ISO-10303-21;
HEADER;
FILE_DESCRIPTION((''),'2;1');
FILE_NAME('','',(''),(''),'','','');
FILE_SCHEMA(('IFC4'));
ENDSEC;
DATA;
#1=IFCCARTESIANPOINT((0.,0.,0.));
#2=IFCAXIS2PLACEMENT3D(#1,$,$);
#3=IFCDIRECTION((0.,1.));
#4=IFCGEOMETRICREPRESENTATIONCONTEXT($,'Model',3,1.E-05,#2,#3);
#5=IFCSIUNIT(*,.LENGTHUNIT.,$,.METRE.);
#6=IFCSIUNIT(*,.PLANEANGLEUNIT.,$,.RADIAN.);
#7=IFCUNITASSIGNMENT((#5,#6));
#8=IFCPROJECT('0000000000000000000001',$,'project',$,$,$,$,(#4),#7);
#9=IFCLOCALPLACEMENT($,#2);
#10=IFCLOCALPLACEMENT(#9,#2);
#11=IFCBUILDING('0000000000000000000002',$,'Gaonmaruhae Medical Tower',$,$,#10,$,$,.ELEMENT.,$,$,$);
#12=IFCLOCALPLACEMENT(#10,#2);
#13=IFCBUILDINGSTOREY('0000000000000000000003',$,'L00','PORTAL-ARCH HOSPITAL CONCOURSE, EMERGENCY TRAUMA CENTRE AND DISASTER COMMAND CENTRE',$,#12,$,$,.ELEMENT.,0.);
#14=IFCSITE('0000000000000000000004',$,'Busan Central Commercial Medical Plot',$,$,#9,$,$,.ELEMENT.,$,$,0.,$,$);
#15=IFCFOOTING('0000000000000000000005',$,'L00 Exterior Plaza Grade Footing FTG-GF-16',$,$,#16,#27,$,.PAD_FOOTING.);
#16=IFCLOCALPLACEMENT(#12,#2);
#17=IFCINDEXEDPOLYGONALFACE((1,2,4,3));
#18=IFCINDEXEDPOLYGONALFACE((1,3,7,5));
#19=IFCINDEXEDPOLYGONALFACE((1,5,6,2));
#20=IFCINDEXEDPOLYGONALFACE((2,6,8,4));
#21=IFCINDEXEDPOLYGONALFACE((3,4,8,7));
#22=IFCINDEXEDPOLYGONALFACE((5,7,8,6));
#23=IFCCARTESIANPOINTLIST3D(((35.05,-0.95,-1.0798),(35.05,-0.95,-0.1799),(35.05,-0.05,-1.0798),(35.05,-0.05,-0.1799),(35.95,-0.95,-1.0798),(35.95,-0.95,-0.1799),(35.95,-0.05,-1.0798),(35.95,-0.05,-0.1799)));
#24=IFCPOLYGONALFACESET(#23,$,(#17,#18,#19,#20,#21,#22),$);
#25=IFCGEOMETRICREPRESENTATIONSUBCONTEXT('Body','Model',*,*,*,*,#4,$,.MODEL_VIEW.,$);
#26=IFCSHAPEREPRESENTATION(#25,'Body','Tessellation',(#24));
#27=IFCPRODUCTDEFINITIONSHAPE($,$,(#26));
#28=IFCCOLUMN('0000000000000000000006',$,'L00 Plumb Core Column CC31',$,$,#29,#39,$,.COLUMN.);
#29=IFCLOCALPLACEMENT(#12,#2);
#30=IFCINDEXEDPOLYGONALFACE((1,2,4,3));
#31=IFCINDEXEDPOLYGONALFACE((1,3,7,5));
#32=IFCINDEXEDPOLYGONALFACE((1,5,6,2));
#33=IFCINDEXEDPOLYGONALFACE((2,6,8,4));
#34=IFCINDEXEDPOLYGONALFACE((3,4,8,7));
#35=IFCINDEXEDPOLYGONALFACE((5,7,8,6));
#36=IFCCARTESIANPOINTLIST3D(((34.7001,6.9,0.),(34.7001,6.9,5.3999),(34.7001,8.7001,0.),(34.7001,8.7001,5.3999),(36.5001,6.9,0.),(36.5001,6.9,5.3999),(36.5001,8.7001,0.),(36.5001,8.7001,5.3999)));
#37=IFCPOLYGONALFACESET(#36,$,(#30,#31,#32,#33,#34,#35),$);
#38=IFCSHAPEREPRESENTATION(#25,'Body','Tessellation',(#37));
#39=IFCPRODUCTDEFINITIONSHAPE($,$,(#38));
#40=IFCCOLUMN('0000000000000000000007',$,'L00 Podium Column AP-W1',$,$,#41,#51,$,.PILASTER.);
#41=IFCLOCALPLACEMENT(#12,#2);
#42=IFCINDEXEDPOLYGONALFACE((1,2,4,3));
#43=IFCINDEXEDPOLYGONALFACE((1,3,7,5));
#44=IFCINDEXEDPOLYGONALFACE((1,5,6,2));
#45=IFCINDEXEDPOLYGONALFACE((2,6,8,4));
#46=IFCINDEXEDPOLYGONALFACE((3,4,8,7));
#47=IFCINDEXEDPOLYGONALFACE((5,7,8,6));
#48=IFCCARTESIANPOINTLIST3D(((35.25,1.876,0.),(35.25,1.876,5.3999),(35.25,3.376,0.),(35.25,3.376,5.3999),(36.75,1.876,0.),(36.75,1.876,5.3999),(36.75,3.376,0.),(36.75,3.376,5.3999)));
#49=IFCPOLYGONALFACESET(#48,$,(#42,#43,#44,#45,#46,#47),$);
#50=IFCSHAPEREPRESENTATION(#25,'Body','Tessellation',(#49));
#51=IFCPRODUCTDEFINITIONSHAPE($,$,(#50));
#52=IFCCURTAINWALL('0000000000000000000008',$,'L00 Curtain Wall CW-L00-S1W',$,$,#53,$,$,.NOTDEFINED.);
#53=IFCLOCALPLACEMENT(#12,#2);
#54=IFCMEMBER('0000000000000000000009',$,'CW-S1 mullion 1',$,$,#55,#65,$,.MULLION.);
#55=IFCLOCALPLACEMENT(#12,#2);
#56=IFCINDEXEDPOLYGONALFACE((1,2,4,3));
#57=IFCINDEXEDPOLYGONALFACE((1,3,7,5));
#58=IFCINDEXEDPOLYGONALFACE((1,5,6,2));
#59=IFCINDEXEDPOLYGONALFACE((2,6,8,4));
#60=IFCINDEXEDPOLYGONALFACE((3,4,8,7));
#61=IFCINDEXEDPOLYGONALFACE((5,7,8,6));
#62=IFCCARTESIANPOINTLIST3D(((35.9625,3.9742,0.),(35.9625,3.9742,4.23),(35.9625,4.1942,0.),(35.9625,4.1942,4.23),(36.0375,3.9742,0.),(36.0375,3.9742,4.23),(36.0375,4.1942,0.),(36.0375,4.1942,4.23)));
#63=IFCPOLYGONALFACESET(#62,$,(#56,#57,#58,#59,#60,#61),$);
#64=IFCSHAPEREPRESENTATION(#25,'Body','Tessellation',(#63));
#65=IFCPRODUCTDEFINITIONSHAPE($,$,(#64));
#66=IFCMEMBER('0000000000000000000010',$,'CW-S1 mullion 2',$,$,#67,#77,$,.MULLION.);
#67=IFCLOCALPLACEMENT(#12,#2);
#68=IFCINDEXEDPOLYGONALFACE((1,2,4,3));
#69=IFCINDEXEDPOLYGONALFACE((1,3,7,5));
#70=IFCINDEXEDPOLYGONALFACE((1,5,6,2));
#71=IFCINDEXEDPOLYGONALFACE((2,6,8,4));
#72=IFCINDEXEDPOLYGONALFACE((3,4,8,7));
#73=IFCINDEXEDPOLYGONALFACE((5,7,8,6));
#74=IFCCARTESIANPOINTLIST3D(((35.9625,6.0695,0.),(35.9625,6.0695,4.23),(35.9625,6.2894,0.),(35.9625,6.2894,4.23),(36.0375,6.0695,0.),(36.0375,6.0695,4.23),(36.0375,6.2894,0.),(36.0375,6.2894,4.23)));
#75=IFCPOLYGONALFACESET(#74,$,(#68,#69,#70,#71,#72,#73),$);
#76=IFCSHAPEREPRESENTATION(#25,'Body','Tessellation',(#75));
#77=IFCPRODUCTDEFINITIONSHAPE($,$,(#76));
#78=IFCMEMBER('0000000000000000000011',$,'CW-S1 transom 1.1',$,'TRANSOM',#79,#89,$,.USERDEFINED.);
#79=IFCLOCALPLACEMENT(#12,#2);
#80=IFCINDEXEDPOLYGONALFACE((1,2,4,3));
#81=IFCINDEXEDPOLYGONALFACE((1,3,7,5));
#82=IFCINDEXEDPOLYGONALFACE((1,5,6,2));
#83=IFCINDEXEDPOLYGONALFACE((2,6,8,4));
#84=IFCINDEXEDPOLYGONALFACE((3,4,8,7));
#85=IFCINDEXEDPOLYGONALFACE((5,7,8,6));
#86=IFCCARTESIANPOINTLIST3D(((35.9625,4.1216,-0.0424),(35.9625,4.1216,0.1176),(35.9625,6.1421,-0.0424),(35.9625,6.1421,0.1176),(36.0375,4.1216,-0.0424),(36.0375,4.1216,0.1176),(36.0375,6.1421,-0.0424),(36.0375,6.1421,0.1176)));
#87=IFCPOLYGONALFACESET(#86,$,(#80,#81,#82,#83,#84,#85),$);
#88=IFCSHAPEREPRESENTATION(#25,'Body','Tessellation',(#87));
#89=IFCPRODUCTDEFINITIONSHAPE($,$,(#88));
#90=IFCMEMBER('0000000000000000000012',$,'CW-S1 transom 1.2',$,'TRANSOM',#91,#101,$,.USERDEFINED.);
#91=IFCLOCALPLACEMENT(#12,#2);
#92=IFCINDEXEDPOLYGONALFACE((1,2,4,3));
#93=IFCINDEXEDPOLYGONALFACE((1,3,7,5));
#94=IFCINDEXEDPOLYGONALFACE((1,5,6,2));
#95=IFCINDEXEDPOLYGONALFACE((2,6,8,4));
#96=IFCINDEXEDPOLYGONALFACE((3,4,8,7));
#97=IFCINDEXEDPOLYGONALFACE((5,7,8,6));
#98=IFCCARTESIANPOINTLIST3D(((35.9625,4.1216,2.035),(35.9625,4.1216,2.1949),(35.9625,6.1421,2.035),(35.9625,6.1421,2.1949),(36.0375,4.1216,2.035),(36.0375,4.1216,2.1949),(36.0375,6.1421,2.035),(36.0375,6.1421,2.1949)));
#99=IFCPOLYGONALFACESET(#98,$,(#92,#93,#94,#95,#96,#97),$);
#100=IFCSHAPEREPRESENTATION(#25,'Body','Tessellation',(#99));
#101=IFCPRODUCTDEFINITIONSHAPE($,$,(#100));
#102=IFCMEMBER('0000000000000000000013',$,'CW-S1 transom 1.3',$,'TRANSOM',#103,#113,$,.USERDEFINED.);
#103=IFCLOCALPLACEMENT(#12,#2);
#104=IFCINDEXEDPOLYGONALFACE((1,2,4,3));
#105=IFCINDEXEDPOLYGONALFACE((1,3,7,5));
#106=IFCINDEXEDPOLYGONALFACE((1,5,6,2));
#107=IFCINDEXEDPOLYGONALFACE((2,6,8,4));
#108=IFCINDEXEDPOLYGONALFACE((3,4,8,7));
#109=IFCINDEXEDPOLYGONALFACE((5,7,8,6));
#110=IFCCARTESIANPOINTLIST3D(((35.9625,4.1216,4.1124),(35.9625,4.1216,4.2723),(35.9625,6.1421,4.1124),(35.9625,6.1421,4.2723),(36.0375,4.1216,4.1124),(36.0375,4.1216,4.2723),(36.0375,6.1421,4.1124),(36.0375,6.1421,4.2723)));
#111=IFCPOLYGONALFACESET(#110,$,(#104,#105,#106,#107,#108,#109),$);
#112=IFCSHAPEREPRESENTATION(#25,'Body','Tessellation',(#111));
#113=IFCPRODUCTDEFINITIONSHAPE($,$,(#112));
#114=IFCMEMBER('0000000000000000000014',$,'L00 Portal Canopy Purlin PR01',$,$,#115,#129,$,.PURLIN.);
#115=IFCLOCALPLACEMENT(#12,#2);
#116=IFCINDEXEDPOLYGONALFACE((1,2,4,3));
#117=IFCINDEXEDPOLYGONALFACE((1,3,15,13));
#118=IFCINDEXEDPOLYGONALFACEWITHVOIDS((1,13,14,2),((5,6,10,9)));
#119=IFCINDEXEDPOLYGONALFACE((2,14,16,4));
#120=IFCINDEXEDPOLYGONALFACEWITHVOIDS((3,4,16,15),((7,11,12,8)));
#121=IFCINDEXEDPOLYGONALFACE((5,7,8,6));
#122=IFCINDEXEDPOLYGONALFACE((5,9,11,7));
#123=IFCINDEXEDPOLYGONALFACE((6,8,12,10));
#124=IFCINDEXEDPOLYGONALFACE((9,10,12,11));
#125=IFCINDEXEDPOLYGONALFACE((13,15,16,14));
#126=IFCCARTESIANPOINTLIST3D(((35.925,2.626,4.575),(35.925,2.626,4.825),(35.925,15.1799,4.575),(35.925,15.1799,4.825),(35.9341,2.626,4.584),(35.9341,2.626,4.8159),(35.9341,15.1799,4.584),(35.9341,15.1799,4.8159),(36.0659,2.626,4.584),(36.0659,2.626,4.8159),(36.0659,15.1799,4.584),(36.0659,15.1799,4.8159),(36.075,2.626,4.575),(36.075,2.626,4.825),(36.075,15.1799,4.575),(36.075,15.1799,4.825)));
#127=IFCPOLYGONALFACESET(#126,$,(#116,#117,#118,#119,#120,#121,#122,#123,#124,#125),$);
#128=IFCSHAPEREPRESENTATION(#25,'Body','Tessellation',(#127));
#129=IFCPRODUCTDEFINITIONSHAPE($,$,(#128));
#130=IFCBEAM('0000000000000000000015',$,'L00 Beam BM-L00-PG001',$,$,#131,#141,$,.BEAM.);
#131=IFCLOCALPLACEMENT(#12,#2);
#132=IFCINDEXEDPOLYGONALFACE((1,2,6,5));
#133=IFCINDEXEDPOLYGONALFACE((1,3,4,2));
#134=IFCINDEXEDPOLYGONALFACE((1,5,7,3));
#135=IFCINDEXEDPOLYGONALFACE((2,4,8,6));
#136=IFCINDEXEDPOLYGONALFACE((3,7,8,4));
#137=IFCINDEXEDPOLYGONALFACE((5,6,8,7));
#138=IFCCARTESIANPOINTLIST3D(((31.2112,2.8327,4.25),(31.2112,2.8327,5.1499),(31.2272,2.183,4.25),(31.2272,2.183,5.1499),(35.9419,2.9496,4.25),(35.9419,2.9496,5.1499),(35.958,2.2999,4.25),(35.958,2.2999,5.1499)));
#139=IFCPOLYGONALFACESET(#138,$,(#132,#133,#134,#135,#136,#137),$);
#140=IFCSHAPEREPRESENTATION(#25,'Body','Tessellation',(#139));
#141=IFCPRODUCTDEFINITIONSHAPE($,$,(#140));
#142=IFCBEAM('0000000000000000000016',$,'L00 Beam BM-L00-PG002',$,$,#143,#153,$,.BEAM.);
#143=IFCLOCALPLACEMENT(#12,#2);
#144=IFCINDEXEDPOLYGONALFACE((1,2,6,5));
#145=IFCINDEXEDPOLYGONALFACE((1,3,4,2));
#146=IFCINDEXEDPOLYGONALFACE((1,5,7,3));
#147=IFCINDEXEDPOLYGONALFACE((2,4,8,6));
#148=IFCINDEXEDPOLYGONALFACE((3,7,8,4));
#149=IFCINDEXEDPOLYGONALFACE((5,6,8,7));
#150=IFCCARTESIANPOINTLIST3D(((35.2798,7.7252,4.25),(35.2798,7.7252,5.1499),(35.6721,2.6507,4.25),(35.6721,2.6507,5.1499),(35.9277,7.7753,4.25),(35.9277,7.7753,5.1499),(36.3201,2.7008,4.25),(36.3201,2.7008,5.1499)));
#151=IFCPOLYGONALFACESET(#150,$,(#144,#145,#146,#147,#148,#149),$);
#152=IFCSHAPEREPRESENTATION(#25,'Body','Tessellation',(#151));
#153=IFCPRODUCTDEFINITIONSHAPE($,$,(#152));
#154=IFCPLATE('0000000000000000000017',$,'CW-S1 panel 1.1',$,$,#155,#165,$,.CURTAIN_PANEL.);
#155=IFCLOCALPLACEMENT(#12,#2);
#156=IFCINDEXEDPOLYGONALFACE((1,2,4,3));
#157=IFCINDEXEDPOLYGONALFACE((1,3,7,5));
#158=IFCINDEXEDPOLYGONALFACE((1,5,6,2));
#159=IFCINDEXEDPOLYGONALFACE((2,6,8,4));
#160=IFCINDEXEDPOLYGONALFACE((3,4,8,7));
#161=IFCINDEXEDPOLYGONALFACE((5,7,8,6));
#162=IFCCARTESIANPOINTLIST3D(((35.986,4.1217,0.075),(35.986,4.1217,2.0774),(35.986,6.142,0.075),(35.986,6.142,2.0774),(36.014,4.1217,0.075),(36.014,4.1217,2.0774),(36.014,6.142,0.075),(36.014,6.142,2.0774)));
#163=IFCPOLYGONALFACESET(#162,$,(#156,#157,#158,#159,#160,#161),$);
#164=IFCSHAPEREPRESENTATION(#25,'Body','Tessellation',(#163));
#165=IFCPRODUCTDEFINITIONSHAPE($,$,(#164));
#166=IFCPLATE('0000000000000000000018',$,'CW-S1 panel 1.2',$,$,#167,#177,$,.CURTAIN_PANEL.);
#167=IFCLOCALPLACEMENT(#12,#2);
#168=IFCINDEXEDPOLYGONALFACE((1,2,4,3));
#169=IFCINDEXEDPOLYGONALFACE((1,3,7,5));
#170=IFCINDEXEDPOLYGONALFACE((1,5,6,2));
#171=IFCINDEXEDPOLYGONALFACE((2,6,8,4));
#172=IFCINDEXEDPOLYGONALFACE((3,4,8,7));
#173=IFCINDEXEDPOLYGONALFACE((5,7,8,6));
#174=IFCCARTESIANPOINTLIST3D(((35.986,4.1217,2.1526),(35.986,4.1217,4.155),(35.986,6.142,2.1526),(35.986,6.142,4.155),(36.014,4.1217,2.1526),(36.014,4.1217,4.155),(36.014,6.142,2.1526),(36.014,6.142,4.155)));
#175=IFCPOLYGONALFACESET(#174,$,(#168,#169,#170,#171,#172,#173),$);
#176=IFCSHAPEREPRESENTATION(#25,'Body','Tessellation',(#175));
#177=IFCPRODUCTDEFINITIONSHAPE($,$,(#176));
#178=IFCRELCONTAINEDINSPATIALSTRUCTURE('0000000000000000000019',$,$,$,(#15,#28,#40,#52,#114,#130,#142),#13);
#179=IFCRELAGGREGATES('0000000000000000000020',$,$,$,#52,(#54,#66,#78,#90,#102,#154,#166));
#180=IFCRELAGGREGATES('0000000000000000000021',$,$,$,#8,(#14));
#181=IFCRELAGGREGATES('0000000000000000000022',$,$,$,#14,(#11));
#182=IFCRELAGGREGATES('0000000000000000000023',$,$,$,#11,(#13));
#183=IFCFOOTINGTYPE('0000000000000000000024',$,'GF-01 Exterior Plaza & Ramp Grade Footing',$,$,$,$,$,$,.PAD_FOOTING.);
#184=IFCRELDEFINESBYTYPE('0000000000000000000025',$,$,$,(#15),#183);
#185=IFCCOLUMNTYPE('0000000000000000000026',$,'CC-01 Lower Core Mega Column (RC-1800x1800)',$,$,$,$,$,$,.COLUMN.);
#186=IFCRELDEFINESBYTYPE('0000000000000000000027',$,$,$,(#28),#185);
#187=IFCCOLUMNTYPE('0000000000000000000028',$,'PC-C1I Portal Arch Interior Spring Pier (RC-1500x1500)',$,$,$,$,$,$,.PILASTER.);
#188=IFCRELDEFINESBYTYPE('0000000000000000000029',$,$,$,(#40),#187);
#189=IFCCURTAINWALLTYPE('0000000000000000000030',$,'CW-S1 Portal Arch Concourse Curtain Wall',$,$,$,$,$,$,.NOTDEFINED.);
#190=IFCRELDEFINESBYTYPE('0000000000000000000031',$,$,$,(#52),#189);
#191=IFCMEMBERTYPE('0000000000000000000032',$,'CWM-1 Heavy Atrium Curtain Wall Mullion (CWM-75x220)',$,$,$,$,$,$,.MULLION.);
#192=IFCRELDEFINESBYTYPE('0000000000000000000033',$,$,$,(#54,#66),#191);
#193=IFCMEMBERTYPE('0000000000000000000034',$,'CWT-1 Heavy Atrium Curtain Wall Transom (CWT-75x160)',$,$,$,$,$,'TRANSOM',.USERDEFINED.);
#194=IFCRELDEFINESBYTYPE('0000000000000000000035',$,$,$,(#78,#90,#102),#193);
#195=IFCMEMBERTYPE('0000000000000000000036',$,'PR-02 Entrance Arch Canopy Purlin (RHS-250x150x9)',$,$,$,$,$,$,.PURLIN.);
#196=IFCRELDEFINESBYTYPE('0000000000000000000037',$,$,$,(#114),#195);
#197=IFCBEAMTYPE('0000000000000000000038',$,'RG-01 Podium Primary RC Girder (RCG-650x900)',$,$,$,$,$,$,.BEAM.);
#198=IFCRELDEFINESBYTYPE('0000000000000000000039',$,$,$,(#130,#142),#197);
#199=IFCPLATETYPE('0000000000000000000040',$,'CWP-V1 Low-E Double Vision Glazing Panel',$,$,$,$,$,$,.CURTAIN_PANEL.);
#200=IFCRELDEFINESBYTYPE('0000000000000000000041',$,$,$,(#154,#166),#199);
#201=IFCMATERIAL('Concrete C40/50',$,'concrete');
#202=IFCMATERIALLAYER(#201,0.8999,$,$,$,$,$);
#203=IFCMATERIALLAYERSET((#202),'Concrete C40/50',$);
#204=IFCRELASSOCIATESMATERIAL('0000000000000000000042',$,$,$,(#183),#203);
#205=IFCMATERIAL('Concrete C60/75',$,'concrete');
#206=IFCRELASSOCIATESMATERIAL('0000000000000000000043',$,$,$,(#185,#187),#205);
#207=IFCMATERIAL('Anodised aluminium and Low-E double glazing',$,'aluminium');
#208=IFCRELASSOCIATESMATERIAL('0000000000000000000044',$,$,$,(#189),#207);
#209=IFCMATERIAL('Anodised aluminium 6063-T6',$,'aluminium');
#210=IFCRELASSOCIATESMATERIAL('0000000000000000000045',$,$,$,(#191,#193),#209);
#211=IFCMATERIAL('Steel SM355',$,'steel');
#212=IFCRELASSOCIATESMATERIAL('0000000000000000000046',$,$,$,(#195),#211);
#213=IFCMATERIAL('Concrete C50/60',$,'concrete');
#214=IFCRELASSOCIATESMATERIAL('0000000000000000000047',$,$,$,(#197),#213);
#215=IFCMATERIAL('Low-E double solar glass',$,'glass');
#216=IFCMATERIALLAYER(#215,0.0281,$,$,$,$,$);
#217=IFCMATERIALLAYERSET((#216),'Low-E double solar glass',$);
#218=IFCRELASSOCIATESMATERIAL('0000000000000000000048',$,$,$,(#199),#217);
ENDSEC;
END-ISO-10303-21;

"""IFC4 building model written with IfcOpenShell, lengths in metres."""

from ifc_helpers import new_model, si_unit, direction, frame, origin, origin_2d, place, context, subcontext, project, spatial, rectangle, hollow_rectangle, extrude, material, layer, layer_set, material_profile, profile_set, type_object, element, aggregate, save


model = new_model("IFC4")

# Units and contexts
model_context = context("Model", 3, precision=1e-05, world=origin(), true_north=direction((0.0, 1.0)))
body_context = subcontext(model_context, "Body", "Model", "MODEL_VIEW")
ifc_project = project(units=[si_unit("LENGTHUNIT", "METRE"), si_unit("PLANEANGLEUNIT", "RADIAN")], contexts=[model_context])

# Site, building, storey
site_placement = place(None, origin())
site = spatial("IfcSite", under=ifc_project, at=site_placement, Name="Busan Central Commercial Medical Plot", CompositionType="ELEMENT", RefElevation=0.0)
building_placement = place(site_placement, origin())
building = spatial("IfcBuilding", under=site, at=building_placement, Name="Gaonmaruhae Medical Tower", CompositionType="ELEMENT")
storey_placement = place(building_placement, origin())
storey = spatial("IfcBuildingStorey", under=building, at=storey_placement, Name="L00", Description="PORTAL-ARCH HOSPITAL CONCOURSE, EMERGENCY TRAUMA CENTRE AND DISASTER COMMAND CENTRE", CompositionType="ELEMENT", Elevation=0.0)

# Footing
ifc_material_1 = material(Name="Concrete C40/50", Category="concrete")
ifc_layer_1 = layer(ifc_material_1, 0.8999)
ifc_layer_set_1 = layer_set([ifc_layer_1], Name="Concrete C40/50")
footing_type = type_object("IfcFootingType", Name="GF-01 Exterior Plaza & Ramp Grade Footing", PredefinedType="PAD_FOOTING", material=ifc_layer_set_1)
footing_placement = place(storey_placement, frame((35.5, -0.5, -1.0798), z_axis=(0.0, 0.0, 1.0), x_axis=(1.0, 0.0, 0.0)))
element("IfcFooting", 1, at=footing_placement, inside=storey, type_object=footing_type, Name="L00 Exterior Plaza Grade Footing FTG-GF-16", PredefinedType="PAD_FOOTING", context=body_context, shape_type="SweptSolid", body=[
    extrude(rectangle(XDim=0.8999, YDim=0.8999, at=origin_2d()), origin(), (0.0, 0.0, 1.0), 0.8999),
])

# Columns
ifc_material_2 = material(Name="Concrete C60/75", Category="concrete")
ifc_material_profile_1 = material_profile(ifc_material_2, rectangle(XDim=1.8, YDim=1.8, at=origin_2d()), Name="RC-1800x1800")
ifc_profile_set_1 = profile_set([ifc_material_profile_1], Name="Concrete C60/75")
column_type_1 = type_object("IfcColumnType", Name="CC-01 Lower Core Mega Column (RC-1800x1800)", PredefinedType="COLUMN", material=ifc_profile_set_1)
column_1_placement = place(storey_placement, frame((35.6001, 7.8, 0.0), z_axis=(0.0, 0.0, 1.0), x_axis=(1.0, 0.0, 0.0)))
element("IfcColumn", 2, at=column_1_placement, inside=storey, type_object=column_type_1, Name="L00 Plumb Core Column CC31", PredefinedType="COLUMN", context=body_context, shape_type="SweptSolid", body=[
    extrude(rectangle(XDim=1.8, YDim=1.8, at=origin_2d()), origin(), (0.0, 0.0, 1.0), 5.3999),
])
ifc_material_profile_2 = material_profile(ifc_material_2, rectangle(XDim=1.5, YDim=1.5, at=origin_2d()), Name="RC-1500x1500")
ifc_profile_set_2 = profile_set([ifc_material_profile_2], Name="Concrete C60/75")
column_type_2 = type_object("IfcColumnType", Name="PC-C1I Portal Arch Interior Spring Pier (RC-1500x1500)", PredefinedType="PILASTER", material=ifc_profile_set_2)
column_2_placement = place(storey_placement, frame((36.0, 2.626, 0.0), z_axis=(0.0, 0.0, 1.0), x_axis=(1.0, 0.0, 0.0)))
element("IfcColumn", 3, at=column_2_placement, inside=storey, type_object=column_type_2, Name="L00 Podium Column AP-W1", PredefinedType="PILASTER", context=body_context, shape_type="SweptSolid", body=[
    extrude(rectangle(XDim=1.5, YDim=1.5, at=origin_2d()), origin(), (0.0, 0.0, 1.0), 5.3999),
])

# Curtain wall, members
ifc_material_3 = material(Name="Anodised aluminium and Low-E double glazing", Category="aluminium")
curtain_wall_type = type_object("IfcCurtainWallType", Name="CW-S1 Portal Arch Concourse Curtain Wall", PredefinedType="NOTDEFINED", material=ifc_material_3)
curtain_wall_placement = place(storey_placement, origin())
curtain_wall = element("IfcCurtainWall", 4, at=curtain_wall_placement, inside=storey, type_object=curtain_wall_type, Name="L00 Curtain Wall CW-L00-S1W", PredefinedType="NOTDEFINED")
ifc_material_4 = material(Name="Anodised aluminium 6063-T6", Category="aluminium")
ifc_material_profile_3 = material_profile(ifc_material_4, rectangle(XDim=0.075, YDim=0.22, at=origin_2d()), Name="CWM-75x220")
ifc_profile_set_3 = profile_set([ifc_material_profile_3], Name="Anodised aluminium 6063-T6")
member_type_1 = type_object("IfcMemberType", Name="CWM-1 Heavy Atrium Curtain Wall Mullion (CWM-75x220)", PredefinedType="MULLION", material=ifc_profile_set_3)
member_1_placement = place(storey_placement, frame((36.0, 4.0842, 0.0), z_axis=(0.0, 0.0, 1.0), x_axis=(-1.0, 0.0, 0.0)))
member_1 = element("IfcMember", 5, at=member_1_placement, type_object=member_type_1, Name="CW-S1 mullion 1", PredefinedType="MULLION", context=body_context, shape_type="SweptSolid", body=[
    extrude(rectangle(XDim=0.075, YDim=0.22, at=origin_2d()), origin(), (0.0, 0.0, 1.0), 4.23),
])
member_2_placement = place(storey_placement, frame((36.0, 6.1794, 0.0), z_axis=(0.0, 0.0, 1.0), x_axis=(-1.0, 0.0, 0.0)))
member_2 = element("IfcMember", 6, at=member_2_placement, type_object=member_type_1, Name="CW-S1 mullion 2", PredefinedType="MULLION", context=body_context, shape_type="SweptSolid", body=[
    extrude(rectangle(XDim=0.075, YDim=0.22, at=origin_2d()), origin(), (0.0, 0.0, 1.0), 4.23),
])
ifc_material_profile_4 = material_profile(ifc_material_4, rectangle(XDim=0.075, YDim=0.1599, at=origin_2d()), Name="CWT-75x160")
ifc_profile_set_4 = profile_set([ifc_material_profile_4], Name="Anodised aluminium 6063-T6")
member_type_2 = type_object("IfcMemberType", Name="CWT-1 Heavy Atrium Curtain Wall Transom (CWT-75x160)", ElementType="TRANSOM", PredefinedType="USERDEFINED", material=ifc_profile_set_4)
member_3_placement = place(storey_placement, frame((36.0, 4.1216, 0.0376), z_axis=(0.0, 1.0, 0.0), x_axis=(-1.0, 0.0, 0.0)))
member_3 = element("IfcMember", 7, at=member_3_placement, type_object=member_type_2, Name="CW-S1 transom 1.1", ObjectType="TRANSOM", PredefinedType="USERDEFINED", context=body_context, shape_type="SweptSolid", body=[
    extrude(rectangle(XDim=0.075, YDim=0.1599, at=origin_2d()), origin(), (0.0, 0.0, 1.0), 2.0205),
])
member_4_placement = place(storey_placement, frame((36.0, 4.1216, 2.115), z_axis=(0.0, 1.0, 0.0), x_axis=(-1.0, 0.0, 0.0)))
member_4 = element("IfcMember", 8, at=member_4_placement, type_object=member_type_2, Name="CW-S1 transom 1.2", ObjectType="TRANSOM", PredefinedType="USERDEFINED", context=body_context, shape_type="SweptSolid", body=[
    extrude(rectangle(XDim=0.075, YDim=0.1599, at=origin_2d()), origin(), (0.0, 0.0, 1.0), 2.0205),
])
member_5_placement = place(storey_placement, frame((36.0, 4.1216, 4.1924), z_axis=(0.0, 1.0, 0.0), x_axis=(-1.0, 0.0, 0.0)))
member_5 = element("IfcMember", 9, at=member_5_placement, type_object=member_type_2, Name="CW-S1 transom 1.3", ObjectType="TRANSOM", PredefinedType="USERDEFINED", context=body_context, shape_type="SweptSolid", body=[
    extrude(rectangle(XDim=0.075, YDim=0.1599, at=origin_2d()), origin(), (0.0, 0.0, 1.0), 2.0205),
])

# Member
ifc_material_5 = material(Name="Steel SM355", Category="steel")
ifc_material_profile_5 = material_profile(ifc_material_5, hollow_rectangle(XDim=0.1499, YDim=0.25, WallThickness=0.009, at=origin_2d()), Name="RHS-250x150x9")
ifc_profile_set_5 = profile_set([ifc_material_profile_5], Name="Steel SM355")
member_type_3 = type_object("IfcMemberType", Name="PR-02 Entrance Arch Canopy Purlin (RHS-250x150x9)", PredefinedType="PURLIN", material=ifc_profile_set_5)
member_6_placement = place(storey_placement, frame((36.0, 2.626, 4.7), z_axis=(0.0, 1.0, 0.0), x_axis=(-1.0, 0.0, 0.0)))
element("IfcMember", 10, at=member_6_placement, inside=storey, type_object=member_type_3, Name="L00 Portal Canopy Purlin PR01", PredefinedType="PURLIN", context=body_context, shape_type="SweptSolid", body=[
    extrude(hollow_rectangle(XDim=0.1499, YDim=0.25, WallThickness=0.009, at=origin_2d()), origin(), (0.0, 0.0, 1.0), 12.554),
])

# Beams
ifc_material_6 = material(Name="Concrete C50/60", Category="concrete")
ifc_material_profile_6 = material_profile(ifc_material_6, rectangle(XDim=0.6499, YDim=0.8999, at=origin_2d()), Name="RCG-650x900")
ifc_profile_set_6 = profile_set([ifc_material_profile_6], Name="Concrete C50/60")
beam_type = type_object("IfcBeamType", Name="RG-01 Podium Primary RC Girder (RCG-650x900)", PredefinedType="BEAM", material=ifc_profile_set_6)
beam_1_placement = place(storey_placement, frame((35.95, 2.6248, 4.7), z_axis=(-0.999695, -0.024712, 0.0), x_axis=(0.024712, -0.999695, 0.0)))
element("IfcBeam", 11, at=beam_1_placement, inside=storey, type_object=beam_type, Name="L00 Beam BM-L00-PG001", PredefinedType="BEAM", context=body_context, shape_type="SweptSolid", body=[
    extrude(rectangle(XDim=0.6499, YDim=0.8999, at=origin_2d()), origin(), (0.0, 0.0, 1.0), 4.7322),
])
beam_2_placement = place(storey_placement, frame((35.9961, 2.6758, 4.7), z_axis=(-0.077085, 0.997024, 0.0), x_axis=(-0.997024, -0.077085, 0.0)))
element("IfcBeam", 12, at=beam_2_placement, inside=storey, type_object=beam_type, Name="L00 Beam BM-L00-PG002", PredefinedType="BEAM", context=body_context, shape_type="SweptSolid", body=[
    extrude(rectangle(XDim=0.6499, YDim=0.8999, at=origin_2d()), origin(), (0.0, 0.0, 1.0), 5.0896),
])

# Plates
ifc_material_7 = material(Name="Low-E double solar glass", Category="glass")
ifc_layer_2 = layer(ifc_material_7, 0.0281)
ifc_layer_set_2 = layer_set([ifc_layer_2], Name="Low-E double solar glass")
plate_type_1 = type_object("IfcPlateType", Name="CWP-V1 Low-E Double Vision Glazing Panel", PredefinedType="CURTAIN_PANEL", material=ifc_layer_set_2)
plate_1_placement = place(storey_placement, frame((36.0, 5.1318, 0.075), z_axis=(0.0, 0.0, 1.0), x_axis=(0.0, 1.0, 0.0)))
plate_1 = element("IfcPlate", 13, at=plate_1_placement, type_object=plate_type_1, Name="CW-S1 panel 1.1", PredefinedType="CURTAIN_PANEL", context=body_context, shape_type="SweptSolid", body=[
    extrude(rectangle(XDim=2.0203, YDim=0.0281, at=origin_2d()), origin(), (0.0, 0.0, 1.0), 2.0024),
])
plate_2_placement = place(storey_placement, frame((36.0, 5.1318, 2.1526), z_axis=(0.0, 0.0, 1.0), x_axis=(0.0, 1.0, 0.0)))
plate_2 = element("IfcPlate", 14, at=plate_2_placement, type_object=plate_type_1, Name="CW-S1 panel 1.2", PredefinedType="CURTAIN_PANEL", context=body_context, shape_type="SweptSolid", body=[
    extrude(rectangle(XDim=2.0203, YDim=0.0281, at=origin_2d()), origin(), (0.0, 0.0, 1.0), 2.0024),
])
aggregate(curtain_wall, [member_1, member_2, member_3, member_4, member_5, plate_1, plate_2])

save(model, "model.ifc")
